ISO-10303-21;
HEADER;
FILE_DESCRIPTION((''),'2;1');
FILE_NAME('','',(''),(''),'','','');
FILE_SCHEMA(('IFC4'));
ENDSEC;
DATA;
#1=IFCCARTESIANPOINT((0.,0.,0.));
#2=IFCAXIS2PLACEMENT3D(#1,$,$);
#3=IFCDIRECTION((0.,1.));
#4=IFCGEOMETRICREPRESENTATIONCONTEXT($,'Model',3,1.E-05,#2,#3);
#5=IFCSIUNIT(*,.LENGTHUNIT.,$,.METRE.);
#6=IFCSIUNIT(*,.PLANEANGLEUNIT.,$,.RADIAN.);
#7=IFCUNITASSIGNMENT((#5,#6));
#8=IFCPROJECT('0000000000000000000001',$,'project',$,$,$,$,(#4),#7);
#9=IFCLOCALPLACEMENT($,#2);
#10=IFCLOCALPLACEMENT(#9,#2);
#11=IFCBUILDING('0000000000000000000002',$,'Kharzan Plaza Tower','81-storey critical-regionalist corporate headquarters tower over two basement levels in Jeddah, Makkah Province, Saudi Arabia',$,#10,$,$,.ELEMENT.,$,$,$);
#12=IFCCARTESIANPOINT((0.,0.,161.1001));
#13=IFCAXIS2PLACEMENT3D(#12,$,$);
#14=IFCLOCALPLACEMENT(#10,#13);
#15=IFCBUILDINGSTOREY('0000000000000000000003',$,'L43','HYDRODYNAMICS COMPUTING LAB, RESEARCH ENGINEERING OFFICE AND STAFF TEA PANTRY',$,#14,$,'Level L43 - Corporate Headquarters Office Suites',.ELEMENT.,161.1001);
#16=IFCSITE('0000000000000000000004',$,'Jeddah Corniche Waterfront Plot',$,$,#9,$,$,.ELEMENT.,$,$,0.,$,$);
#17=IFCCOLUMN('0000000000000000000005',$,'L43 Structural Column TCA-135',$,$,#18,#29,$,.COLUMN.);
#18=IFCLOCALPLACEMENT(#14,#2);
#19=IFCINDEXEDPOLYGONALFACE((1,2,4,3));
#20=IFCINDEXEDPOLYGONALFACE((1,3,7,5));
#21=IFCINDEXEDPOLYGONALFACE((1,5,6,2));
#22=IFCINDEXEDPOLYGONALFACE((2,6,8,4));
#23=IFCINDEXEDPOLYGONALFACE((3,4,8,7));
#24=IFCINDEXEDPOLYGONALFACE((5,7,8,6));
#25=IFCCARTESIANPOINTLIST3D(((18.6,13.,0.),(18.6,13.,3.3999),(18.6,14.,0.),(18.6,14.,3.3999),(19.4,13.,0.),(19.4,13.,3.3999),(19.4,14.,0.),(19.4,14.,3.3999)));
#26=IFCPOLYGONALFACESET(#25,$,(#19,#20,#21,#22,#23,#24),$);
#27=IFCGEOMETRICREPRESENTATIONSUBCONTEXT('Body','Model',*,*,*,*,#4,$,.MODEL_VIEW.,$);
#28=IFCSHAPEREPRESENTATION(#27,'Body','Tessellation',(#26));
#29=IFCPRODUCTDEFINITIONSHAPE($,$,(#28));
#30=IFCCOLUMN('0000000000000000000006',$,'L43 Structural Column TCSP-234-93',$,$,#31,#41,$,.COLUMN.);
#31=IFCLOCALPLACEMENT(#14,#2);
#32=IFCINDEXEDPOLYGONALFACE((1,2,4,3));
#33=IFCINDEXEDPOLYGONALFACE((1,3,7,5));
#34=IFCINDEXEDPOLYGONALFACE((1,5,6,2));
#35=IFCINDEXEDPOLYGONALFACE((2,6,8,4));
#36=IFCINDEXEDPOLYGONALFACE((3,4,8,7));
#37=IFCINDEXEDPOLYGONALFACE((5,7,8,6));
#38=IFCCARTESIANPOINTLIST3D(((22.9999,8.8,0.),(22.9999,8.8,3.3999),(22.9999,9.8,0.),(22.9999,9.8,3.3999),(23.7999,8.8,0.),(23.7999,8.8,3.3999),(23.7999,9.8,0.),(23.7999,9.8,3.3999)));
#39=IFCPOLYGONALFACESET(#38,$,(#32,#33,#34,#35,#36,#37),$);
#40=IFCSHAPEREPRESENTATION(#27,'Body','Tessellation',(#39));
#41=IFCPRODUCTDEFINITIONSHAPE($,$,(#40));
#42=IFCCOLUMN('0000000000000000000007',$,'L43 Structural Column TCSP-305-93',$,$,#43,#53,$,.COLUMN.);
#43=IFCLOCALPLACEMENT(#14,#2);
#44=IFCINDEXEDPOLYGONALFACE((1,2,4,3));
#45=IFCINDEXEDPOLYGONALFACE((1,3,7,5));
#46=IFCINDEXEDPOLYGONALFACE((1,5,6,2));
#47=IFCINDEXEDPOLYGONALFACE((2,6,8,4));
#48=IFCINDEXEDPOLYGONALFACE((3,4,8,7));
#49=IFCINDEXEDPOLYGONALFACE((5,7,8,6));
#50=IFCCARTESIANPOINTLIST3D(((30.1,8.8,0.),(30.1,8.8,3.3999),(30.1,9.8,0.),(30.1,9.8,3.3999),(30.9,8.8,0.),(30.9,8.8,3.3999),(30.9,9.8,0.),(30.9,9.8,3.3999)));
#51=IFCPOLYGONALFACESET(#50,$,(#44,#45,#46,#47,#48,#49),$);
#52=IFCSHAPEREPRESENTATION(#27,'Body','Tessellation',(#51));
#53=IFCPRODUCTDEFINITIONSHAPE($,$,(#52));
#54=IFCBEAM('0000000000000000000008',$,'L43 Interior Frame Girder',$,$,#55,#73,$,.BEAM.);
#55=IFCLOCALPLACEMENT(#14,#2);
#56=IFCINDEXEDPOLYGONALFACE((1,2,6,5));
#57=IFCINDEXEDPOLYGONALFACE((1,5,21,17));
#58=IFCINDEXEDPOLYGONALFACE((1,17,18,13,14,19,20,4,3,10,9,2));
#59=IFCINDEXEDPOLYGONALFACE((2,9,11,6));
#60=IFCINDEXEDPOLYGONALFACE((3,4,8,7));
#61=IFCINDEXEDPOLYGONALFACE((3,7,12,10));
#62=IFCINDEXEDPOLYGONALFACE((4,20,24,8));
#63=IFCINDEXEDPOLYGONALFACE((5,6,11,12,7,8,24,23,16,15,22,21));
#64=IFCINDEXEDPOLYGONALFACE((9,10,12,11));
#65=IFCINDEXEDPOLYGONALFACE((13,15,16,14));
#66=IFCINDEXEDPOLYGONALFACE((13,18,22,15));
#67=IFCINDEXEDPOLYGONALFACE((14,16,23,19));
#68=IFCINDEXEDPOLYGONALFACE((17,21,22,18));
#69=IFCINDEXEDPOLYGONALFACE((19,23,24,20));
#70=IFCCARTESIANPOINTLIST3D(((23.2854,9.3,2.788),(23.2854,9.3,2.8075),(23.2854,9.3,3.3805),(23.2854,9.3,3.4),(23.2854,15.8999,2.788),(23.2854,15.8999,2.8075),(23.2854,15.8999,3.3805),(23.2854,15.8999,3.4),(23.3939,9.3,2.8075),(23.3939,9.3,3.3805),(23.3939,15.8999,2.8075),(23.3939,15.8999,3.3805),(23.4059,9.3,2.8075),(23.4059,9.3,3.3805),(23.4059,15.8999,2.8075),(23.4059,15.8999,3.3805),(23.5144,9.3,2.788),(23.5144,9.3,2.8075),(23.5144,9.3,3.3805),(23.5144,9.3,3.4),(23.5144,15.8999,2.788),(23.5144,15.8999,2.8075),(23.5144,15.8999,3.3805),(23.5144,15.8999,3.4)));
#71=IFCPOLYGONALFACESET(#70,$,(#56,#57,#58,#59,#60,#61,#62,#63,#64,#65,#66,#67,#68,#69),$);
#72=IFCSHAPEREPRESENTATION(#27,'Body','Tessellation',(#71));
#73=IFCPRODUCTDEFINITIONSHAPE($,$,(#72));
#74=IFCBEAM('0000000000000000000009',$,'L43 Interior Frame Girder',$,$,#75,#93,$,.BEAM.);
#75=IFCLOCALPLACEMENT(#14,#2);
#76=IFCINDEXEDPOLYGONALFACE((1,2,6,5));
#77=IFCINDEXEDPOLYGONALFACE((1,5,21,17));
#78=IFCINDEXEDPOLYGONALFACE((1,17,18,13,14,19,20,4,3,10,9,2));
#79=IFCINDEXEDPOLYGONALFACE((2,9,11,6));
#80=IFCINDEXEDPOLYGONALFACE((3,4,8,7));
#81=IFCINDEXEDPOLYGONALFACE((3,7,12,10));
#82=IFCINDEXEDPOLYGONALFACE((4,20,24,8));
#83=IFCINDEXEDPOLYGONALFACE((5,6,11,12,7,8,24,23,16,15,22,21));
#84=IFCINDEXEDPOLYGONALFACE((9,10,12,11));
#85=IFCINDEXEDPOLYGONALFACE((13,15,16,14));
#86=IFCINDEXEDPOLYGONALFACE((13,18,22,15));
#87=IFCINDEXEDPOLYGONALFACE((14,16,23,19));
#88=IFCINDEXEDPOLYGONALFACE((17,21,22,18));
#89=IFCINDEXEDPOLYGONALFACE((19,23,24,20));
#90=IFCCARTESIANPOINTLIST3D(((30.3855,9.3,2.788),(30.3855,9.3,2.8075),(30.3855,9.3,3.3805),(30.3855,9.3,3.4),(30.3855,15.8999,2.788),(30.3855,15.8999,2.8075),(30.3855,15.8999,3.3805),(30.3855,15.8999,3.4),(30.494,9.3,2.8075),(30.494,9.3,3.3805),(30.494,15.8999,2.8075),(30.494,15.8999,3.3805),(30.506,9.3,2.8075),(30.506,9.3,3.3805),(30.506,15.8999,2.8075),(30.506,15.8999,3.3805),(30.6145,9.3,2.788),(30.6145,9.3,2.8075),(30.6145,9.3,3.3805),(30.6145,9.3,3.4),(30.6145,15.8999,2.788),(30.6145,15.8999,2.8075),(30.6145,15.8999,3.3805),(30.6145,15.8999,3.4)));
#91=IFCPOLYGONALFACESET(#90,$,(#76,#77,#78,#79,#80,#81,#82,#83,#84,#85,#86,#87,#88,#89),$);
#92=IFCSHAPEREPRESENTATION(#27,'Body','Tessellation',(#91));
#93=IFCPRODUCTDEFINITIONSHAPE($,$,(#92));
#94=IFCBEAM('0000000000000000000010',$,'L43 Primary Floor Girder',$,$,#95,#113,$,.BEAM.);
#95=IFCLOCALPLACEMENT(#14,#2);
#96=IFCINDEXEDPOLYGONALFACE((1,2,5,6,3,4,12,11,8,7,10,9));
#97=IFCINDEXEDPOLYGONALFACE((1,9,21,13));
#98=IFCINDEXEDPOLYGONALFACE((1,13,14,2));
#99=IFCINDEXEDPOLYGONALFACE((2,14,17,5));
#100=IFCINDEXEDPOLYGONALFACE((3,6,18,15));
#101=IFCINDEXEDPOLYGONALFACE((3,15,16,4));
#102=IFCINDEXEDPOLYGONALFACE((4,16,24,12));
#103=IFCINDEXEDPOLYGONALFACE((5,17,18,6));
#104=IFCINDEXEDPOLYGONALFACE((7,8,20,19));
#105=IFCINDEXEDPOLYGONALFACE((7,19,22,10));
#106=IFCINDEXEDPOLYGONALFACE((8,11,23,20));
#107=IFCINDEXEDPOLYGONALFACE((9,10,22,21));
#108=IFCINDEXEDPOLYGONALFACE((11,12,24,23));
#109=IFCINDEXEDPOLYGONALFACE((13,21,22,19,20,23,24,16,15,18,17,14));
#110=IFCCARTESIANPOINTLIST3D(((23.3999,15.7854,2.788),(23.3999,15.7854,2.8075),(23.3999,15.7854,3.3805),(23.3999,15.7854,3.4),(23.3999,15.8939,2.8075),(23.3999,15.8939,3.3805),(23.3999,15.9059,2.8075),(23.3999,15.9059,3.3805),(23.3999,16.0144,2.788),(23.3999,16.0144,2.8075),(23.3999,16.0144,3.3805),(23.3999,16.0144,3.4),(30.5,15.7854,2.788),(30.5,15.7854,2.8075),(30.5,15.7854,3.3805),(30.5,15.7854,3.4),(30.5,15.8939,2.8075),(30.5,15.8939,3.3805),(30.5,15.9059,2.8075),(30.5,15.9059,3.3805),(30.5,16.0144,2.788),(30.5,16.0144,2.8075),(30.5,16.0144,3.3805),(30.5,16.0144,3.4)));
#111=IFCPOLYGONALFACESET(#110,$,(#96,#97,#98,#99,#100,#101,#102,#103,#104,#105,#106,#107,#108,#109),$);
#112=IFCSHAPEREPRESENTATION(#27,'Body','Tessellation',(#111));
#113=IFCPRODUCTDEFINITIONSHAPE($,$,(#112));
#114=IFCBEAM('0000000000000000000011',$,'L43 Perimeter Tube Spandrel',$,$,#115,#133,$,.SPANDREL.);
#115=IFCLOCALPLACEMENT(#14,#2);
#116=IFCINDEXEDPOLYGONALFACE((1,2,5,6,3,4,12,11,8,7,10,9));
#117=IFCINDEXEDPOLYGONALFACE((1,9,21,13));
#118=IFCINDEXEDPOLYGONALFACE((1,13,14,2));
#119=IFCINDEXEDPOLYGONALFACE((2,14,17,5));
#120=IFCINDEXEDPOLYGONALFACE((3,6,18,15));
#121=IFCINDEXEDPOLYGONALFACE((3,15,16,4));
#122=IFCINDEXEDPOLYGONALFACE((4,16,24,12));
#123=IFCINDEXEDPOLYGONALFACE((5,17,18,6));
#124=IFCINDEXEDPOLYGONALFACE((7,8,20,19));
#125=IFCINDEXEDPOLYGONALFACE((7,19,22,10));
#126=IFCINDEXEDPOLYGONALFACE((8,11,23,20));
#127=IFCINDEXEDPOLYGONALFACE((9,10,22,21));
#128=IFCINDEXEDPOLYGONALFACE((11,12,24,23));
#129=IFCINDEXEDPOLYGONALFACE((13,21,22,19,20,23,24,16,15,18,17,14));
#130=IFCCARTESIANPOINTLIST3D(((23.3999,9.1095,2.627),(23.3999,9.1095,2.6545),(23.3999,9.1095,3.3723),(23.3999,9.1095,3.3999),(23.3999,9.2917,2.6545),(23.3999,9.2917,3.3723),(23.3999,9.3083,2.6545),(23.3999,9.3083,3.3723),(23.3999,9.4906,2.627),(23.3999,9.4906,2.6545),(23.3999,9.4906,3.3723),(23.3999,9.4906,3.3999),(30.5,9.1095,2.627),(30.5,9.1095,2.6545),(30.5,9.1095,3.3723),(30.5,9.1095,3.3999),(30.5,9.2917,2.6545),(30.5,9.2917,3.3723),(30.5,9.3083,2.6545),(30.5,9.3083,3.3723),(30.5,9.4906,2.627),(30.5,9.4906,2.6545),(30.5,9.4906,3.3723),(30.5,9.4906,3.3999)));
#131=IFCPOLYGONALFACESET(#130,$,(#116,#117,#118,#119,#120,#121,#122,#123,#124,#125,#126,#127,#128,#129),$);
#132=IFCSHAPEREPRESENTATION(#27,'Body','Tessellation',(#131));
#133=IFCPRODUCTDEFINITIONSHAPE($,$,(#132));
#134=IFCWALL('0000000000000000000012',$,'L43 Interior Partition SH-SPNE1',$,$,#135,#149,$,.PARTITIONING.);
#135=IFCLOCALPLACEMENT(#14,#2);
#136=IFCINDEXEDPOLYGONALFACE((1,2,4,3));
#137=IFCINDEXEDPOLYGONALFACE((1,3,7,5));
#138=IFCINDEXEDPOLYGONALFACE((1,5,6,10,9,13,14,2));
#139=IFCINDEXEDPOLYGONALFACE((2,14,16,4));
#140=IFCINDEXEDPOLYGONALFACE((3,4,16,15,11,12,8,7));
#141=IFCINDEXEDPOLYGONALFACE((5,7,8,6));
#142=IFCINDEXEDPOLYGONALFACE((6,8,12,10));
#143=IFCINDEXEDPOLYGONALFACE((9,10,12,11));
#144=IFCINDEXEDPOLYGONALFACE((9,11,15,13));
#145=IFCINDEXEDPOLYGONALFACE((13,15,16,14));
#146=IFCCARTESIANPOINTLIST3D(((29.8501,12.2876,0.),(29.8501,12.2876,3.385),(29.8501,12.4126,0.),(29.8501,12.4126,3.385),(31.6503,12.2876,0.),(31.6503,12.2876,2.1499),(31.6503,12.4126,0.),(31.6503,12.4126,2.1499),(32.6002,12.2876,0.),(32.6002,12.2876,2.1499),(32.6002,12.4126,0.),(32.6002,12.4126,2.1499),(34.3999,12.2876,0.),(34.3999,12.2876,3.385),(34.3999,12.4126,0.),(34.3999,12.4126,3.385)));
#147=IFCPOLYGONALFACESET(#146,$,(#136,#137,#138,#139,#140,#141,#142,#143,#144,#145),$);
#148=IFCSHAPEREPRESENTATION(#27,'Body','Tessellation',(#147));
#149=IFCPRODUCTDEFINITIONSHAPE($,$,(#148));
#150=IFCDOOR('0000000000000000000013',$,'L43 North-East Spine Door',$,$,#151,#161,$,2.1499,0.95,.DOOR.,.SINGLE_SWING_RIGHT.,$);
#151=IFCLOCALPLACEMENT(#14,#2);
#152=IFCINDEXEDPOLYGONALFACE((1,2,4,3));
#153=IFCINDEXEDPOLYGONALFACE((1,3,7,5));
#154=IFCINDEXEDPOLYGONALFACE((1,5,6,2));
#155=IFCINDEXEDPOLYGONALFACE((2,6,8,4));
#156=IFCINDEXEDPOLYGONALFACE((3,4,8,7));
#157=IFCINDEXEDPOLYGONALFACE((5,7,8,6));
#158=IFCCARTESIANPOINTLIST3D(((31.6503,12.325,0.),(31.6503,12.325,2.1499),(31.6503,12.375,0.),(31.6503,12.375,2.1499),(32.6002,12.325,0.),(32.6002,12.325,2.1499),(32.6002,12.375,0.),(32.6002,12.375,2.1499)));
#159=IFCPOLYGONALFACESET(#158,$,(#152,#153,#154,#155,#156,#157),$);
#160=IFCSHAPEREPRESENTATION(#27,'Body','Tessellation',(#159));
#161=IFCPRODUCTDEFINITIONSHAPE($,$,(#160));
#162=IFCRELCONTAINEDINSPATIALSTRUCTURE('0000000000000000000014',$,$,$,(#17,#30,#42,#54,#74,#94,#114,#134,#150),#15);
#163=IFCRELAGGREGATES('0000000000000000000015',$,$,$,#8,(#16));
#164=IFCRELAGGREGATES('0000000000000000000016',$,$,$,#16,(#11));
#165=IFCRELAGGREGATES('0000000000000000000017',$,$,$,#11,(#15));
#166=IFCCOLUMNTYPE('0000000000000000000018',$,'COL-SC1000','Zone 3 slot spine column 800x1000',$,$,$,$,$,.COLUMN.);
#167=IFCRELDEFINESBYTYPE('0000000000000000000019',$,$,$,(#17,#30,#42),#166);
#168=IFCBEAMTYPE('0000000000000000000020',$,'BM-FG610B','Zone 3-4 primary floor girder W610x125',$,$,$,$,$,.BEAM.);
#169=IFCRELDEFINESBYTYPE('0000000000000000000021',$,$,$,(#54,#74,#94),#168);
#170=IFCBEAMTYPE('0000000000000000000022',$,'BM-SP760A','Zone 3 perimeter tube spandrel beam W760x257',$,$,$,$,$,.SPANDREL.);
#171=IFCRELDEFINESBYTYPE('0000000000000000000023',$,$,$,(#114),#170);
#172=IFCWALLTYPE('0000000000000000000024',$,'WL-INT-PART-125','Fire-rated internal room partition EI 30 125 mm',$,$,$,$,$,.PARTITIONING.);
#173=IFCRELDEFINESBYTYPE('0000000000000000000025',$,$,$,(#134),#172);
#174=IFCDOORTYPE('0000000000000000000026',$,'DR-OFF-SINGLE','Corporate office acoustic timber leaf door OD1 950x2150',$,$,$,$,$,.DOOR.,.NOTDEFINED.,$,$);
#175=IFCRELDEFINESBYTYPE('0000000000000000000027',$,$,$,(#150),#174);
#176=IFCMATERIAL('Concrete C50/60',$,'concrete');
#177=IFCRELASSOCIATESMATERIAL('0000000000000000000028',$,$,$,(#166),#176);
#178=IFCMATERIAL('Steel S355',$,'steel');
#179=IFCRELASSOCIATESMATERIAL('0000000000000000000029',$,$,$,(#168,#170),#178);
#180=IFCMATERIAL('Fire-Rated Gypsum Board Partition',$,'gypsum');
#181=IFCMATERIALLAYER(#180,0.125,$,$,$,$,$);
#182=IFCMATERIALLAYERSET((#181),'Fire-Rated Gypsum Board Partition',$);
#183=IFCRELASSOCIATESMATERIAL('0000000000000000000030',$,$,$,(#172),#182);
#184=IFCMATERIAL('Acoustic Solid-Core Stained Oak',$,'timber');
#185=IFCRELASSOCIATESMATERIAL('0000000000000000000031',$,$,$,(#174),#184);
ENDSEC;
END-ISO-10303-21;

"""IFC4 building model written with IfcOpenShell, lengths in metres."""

from ifc_helpers import new_model, si_unit, direction, frame, frame_2d, origin, origin_2d, place, context, subcontext, project, spatial, rectangle, i_section, extrude, source, transform, mapped, material, layer, layer_set, material_profile, profile_set, type_object, element, fill, save


model = new_model("IFC4")

# Units and contexts
model_context = context("Model", 3, precision=1e-05, world=origin(), true_north=direction((0.0, 1.0)))
body_context = subcontext(model_context, "Body", "Model", "MODEL_VIEW")
ifc_project = project(units=[si_unit("LENGTHUNIT", "METRE"), si_unit("PLANEANGLEUNIT", "RADIAN")], contexts=[model_context])

# Site, building, storey
site_placement = place(None, origin())
site = spatial("IfcSite", under=ifc_project, at=site_placement, Name="Jeddah Corniche Waterfront Plot", CompositionType="ELEMENT", RefElevation=0.0)
building_placement = place(site_placement, origin())
building = spatial("IfcBuilding", under=site, at=building_placement, Name="Kharzan Plaza Tower", Description="81-storey critical-regionalist corporate headquarters tower over two basement levels in Jeddah, Makkah Province, Saudi Arabia", CompositionType="ELEMENT")
storey_placement = place(building_placement, frame((0.0, 0.0, 161.1001)))
storey = spatial("IfcBuildingStorey", under=building, at=storey_placement, Name="L43", Description="HYDRODYNAMICS COMPUTING LAB, RESEARCH ENGINEERING OFFICE AND STAFF TEA PANTRY", LongName="Level L43 - Corporate Headquarters Office Suites", CompositionType="ELEMENT", Elevation=161.1001)

# Columns
ifc_material_1 = material(Name="Concrete C50/60", Category="concrete")
ifc_material_profile_1 = material_profile(ifc_material_1, rectangle(XDim=0.8, YDim=1.0, at=origin_2d()), Name="RC-SC1000x800")
ifc_profile_set_1 = profile_set([ifc_material_profile_1], Name="Concrete C50/60")
column_type = type_object("IfcColumnType", Name="COL-SC1000", Description="Zone 3 slot spine column 800x1000", PredefinedType="COLUMN", material=ifc_profile_set_1)
shared_shape_1 = source(origin(), body_context, "Body", "SweptSolid", [
    extrude(rectangle(XDim=0.8, YDim=1.0, at=origin_2d()), origin(), (0.0, 0.0, 1.0), 3.3999),
])
for number, where, z_axis, x_axis, name in (
    (1, (19.0, 13.5, 0.0), (0.0, 0.0, 1.0), (1.0, 0.0, 0.0), "L43 Structural Column TCA-135"),
    (2, (23.3999, 9.3, 0.0), (0.0, 0.0, 1.0), (1.0, 0.0, 0.0), "L43 Structural Column TCSP-234-93"),
    (3, (30.5, 9.3, 0.0), (0.0, 0.0, 1.0), (1.0, 0.0, 0.0), "L43 Structural Column TCSP-305-93"),
):
    element("IfcColumn", number, at=place(storey_placement, frame(where, z_axis=z_axis, x_axis=x_axis)), inside=storey, type_object=column_type, Name=name, PredefinedType="COLUMN", context=body_context, shape_type="MappedRepresentation", body=[
        mapped(shared_shape_1, transform((0.0, 0.0, 0.0), x_axis=(1.0, 0.0, 0.0), y_axis=(0.0, 1.0, 0.0), z_axis=(0.0, 0.0, 1.0))),
    ])

# Beams
ifc_material_2 = material(Name="Steel S355", Category="steel")
ifc_material_profile_2 = material_profile(ifc_material_2, i_section(OverallWidth=0.229, OverallDepth=0.6121, WebThickness=0.012, FlangeThickness=0.0195, at=origin_2d()), Name="W610x125")
ifc_profile_set_2 = profile_set([ifc_material_profile_2], Name="Steel S355")
beam_type_1 = type_object("IfcBeamType", Name="BM-FG610B", Description="Zone 3-4 primary floor girder W610x125", PredefinedType="BEAM", material=ifc_profile_set_2)
shared_shape_2 = source(origin(), body_context, "Body", "SweptSolid", [
    extrude(i_section(OverallWidth=0.229, OverallDepth=0.6121, WebThickness=0.012, FlangeThickness=0.0195, at=origin_2d()), origin(), (0.0, 0.0, 1.0), 6.5999),
])
for number, where, z_axis, x_axis, name in (
    (4, (23.3999, 9.3, 3.094), (0.0, 1.0, 0.0), (-1.0, 0.0, 0.0), "L43 Interior Frame Girder"),
    (5, (30.5, 9.3, 3.094), (0.0, 1.0, 0.0), (-1.0, 0.0, 0.0), "L43 Interior Frame Girder"),
):
    element("IfcBeam", number, at=place(storey_placement, frame(where, z_axis=z_axis, x_axis=x_axis)), inside=storey, type_object=beam_type_1, Name=name, PredefinedType="BEAM", context=body_context, shape_type="MappedRepresentation", body=[
        mapped(shared_shape_2, transform((0.0, 0.0, 0.0), x_axis=(1.0, 0.0, 0.0), y_axis=(0.0, 1.0, 0.0), z_axis=(0.0, 0.0, 1.0))),
    ])
shared_shape_3 = source(origin(), body_context, "Body", "SweptSolid", [
    extrude(i_section(OverallWidth=0.229, OverallDepth=0.6121, WebThickness=0.012, FlangeThickness=0.0195, at=origin_2d()), origin(), (0.0, 0.0, 1.0), 7.1001),
])
beam_1_placement = place(storey_placement, frame((23.3999, 15.8999, 3.094), z_axis=(1.0, 0.0, 0.0), x_axis=(0.0, 1.0, 0.0)))
element("IfcBeam", 6, at=beam_1_placement, inside=storey, type_object=beam_type_1, Name="L43 Primary Floor Girder", PredefinedType="BEAM", context=body_context, shape_type="MappedRepresentation", body=[
    mapped(shared_shape_3, transform((0.0, 0.0, 0.0), x_axis=(1.0, 0.0, 0.0), y_axis=(0.0, 1.0, 0.0), z_axis=(0.0, 0.0, 1.0))),
])
ifc_material_profile_3 = material_profile(ifc_material_2, i_section(OverallWidth=0.3811, OverallDepth=0.7729, WebThickness=0.0166, FlangeThickness=0.0276, at=origin_2d()), Name="W760x257")
ifc_profile_set_3 = profile_set([ifc_material_profile_3], Name="Steel S355")
beam_type_2 = type_object("IfcBeamType", Name="BM-SP760A", Description="Zone 3 perimeter tube spandrel beam W760x257", PredefinedType="SPANDREL", material=ifc_profile_set_3)
shared_shape_4 = source(origin(), body_context, "Body", "SweptSolid", [
    extrude(i_section(OverallWidth=0.3811, OverallDepth=0.7729, WebThickness=0.0166, FlangeThickness=0.0276, at=origin_2d()), origin(), (0.0, 0.0, 1.0), 7.1001),
])
beam_2_placement = place(storey_placement, frame((23.3999, 9.3, 3.0134), z_axis=(1.0, 0.0, 0.0), x_axis=(0.0, 1.0, 0.0)))
element("IfcBeam", 7, at=beam_2_placement, inside=storey, type_object=beam_type_2, Name="L43 Perimeter Tube Spandrel", PredefinedType="SPANDREL", context=body_context, shape_type="MappedRepresentation", body=[
    mapped(shared_shape_4, transform((0.0, 0.0, 0.0), x_axis=(1.0, 0.0, 0.0), y_axis=(0.0, 1.0, 0.0), z_axis=(0.0, 0.0, 1.0))),
])

# Wall, opening, door
ifc_material_3 = material(Name="Fire-Rated Gypsum Board Partition", Category="gypsum")
ifc_layer_1 = layer(ifc_material_3, 0.125)
ifc_layer_set_1 = layer_set([ifc_layer_1], Name="Fire-Rated Gypsum Board Partition")
wall_type_1 = type_object("IfcWallType", Name="WL-INT-PART-125", Description="Fire-rated internal room partition EI 30 125 mm", PredefinedType="PARTITIONING", material=ifc_layer_set_1)
wall_1_placement = place(storey_placement, frame((29.8501, 12.3501, 0.0), z_axis=(0.0, 0.0, 1.0), x_axis=(1.0, 0.0, 0.0)))
wall_1 = element("IfcWall", 8, at=wall_1_placement, inside=storey, type_object=wall_type_1, Name="L43 Interior Partition SH-SPNE1", PredefinedType="PARTITIONING", context=body_context, shape_type="SweptSolid", body=[
    extrude(rectangle(XDim=4.5498, YDim=0.125, at=frame_2d((2.2749, 0.0))), origin(), (0.0, 0.0, 1.0), 3.385),
])
opening_1_placement = place(wall_1_placement, frame((1.8, 0.0, 0.0)))
opening_1 = element("IfcOpeningElement", 9, at=opening_1_placement, cuts=wall_1, PredefinedType="OPENING", context=body_context, shape_type="SweptSolid", body=[
    extrude(rectangle(XDim=0.95, YDim=2.1499, at=frame_2d((0.4751, 1.075))), frame((0.0, 0.0725, 0.0), z_axis=(0.0, -1.0, 0.0), x_axis=(1.0, 0.0, 0.0)), (0.0, 0.0, 1.0), 0.145),
])
ifc_material_4 = material(Name="Acoustic Solid-Core Stained Oak", Category="timber")
door_type_1 = type_object("IfcDoorType", Name="DR-OFF-SINGLE", Description="Corporate office acoustic timber leaf door OD1 950x2150", OperationType="NOTDEFINED", PredefinedType="DOOR", material=ifc_material_4)
shared_shape_5 = source(origin(), body_context, "Body", "SweptSolid", [
    extrude(rectangle(XDim=0.95, YDim=2.1499, at=frame_2d((0.4751, 1.075))), frame((0.0, 0.0249, 0.0), z_axis=(0.0, -1.0, 0.0), x_axis=(1.0, 0.0, 0.0)), (0.0, 0.0, 1.0), 0.05),
])
door_1_placement = place(opening_1_placement, origin())
door_1 = element("IfcDoor", 10, at=door_1_placement, inside=storey, type_object=door_type_1, Name="L43 North-East Spine Door", OperationType="SINGLE_SWING_RIGHT", OverallHeight=2.1499, OverallWidth=0.95, PredefinedType="DOOR", context=body_context, shape_type="MappedRepresentation", body=[
    mapped(shared_shape_5, transform((0.0, 0.0, 0.0), x_axis=(1.0, 0.0, 0.0), y_axis=(0.0, 1.0, 0.0), z_axis=(0.0, 0.0, 1.0))),
])
fill(opening_1, door_1)

save(model, "model.ifc")
